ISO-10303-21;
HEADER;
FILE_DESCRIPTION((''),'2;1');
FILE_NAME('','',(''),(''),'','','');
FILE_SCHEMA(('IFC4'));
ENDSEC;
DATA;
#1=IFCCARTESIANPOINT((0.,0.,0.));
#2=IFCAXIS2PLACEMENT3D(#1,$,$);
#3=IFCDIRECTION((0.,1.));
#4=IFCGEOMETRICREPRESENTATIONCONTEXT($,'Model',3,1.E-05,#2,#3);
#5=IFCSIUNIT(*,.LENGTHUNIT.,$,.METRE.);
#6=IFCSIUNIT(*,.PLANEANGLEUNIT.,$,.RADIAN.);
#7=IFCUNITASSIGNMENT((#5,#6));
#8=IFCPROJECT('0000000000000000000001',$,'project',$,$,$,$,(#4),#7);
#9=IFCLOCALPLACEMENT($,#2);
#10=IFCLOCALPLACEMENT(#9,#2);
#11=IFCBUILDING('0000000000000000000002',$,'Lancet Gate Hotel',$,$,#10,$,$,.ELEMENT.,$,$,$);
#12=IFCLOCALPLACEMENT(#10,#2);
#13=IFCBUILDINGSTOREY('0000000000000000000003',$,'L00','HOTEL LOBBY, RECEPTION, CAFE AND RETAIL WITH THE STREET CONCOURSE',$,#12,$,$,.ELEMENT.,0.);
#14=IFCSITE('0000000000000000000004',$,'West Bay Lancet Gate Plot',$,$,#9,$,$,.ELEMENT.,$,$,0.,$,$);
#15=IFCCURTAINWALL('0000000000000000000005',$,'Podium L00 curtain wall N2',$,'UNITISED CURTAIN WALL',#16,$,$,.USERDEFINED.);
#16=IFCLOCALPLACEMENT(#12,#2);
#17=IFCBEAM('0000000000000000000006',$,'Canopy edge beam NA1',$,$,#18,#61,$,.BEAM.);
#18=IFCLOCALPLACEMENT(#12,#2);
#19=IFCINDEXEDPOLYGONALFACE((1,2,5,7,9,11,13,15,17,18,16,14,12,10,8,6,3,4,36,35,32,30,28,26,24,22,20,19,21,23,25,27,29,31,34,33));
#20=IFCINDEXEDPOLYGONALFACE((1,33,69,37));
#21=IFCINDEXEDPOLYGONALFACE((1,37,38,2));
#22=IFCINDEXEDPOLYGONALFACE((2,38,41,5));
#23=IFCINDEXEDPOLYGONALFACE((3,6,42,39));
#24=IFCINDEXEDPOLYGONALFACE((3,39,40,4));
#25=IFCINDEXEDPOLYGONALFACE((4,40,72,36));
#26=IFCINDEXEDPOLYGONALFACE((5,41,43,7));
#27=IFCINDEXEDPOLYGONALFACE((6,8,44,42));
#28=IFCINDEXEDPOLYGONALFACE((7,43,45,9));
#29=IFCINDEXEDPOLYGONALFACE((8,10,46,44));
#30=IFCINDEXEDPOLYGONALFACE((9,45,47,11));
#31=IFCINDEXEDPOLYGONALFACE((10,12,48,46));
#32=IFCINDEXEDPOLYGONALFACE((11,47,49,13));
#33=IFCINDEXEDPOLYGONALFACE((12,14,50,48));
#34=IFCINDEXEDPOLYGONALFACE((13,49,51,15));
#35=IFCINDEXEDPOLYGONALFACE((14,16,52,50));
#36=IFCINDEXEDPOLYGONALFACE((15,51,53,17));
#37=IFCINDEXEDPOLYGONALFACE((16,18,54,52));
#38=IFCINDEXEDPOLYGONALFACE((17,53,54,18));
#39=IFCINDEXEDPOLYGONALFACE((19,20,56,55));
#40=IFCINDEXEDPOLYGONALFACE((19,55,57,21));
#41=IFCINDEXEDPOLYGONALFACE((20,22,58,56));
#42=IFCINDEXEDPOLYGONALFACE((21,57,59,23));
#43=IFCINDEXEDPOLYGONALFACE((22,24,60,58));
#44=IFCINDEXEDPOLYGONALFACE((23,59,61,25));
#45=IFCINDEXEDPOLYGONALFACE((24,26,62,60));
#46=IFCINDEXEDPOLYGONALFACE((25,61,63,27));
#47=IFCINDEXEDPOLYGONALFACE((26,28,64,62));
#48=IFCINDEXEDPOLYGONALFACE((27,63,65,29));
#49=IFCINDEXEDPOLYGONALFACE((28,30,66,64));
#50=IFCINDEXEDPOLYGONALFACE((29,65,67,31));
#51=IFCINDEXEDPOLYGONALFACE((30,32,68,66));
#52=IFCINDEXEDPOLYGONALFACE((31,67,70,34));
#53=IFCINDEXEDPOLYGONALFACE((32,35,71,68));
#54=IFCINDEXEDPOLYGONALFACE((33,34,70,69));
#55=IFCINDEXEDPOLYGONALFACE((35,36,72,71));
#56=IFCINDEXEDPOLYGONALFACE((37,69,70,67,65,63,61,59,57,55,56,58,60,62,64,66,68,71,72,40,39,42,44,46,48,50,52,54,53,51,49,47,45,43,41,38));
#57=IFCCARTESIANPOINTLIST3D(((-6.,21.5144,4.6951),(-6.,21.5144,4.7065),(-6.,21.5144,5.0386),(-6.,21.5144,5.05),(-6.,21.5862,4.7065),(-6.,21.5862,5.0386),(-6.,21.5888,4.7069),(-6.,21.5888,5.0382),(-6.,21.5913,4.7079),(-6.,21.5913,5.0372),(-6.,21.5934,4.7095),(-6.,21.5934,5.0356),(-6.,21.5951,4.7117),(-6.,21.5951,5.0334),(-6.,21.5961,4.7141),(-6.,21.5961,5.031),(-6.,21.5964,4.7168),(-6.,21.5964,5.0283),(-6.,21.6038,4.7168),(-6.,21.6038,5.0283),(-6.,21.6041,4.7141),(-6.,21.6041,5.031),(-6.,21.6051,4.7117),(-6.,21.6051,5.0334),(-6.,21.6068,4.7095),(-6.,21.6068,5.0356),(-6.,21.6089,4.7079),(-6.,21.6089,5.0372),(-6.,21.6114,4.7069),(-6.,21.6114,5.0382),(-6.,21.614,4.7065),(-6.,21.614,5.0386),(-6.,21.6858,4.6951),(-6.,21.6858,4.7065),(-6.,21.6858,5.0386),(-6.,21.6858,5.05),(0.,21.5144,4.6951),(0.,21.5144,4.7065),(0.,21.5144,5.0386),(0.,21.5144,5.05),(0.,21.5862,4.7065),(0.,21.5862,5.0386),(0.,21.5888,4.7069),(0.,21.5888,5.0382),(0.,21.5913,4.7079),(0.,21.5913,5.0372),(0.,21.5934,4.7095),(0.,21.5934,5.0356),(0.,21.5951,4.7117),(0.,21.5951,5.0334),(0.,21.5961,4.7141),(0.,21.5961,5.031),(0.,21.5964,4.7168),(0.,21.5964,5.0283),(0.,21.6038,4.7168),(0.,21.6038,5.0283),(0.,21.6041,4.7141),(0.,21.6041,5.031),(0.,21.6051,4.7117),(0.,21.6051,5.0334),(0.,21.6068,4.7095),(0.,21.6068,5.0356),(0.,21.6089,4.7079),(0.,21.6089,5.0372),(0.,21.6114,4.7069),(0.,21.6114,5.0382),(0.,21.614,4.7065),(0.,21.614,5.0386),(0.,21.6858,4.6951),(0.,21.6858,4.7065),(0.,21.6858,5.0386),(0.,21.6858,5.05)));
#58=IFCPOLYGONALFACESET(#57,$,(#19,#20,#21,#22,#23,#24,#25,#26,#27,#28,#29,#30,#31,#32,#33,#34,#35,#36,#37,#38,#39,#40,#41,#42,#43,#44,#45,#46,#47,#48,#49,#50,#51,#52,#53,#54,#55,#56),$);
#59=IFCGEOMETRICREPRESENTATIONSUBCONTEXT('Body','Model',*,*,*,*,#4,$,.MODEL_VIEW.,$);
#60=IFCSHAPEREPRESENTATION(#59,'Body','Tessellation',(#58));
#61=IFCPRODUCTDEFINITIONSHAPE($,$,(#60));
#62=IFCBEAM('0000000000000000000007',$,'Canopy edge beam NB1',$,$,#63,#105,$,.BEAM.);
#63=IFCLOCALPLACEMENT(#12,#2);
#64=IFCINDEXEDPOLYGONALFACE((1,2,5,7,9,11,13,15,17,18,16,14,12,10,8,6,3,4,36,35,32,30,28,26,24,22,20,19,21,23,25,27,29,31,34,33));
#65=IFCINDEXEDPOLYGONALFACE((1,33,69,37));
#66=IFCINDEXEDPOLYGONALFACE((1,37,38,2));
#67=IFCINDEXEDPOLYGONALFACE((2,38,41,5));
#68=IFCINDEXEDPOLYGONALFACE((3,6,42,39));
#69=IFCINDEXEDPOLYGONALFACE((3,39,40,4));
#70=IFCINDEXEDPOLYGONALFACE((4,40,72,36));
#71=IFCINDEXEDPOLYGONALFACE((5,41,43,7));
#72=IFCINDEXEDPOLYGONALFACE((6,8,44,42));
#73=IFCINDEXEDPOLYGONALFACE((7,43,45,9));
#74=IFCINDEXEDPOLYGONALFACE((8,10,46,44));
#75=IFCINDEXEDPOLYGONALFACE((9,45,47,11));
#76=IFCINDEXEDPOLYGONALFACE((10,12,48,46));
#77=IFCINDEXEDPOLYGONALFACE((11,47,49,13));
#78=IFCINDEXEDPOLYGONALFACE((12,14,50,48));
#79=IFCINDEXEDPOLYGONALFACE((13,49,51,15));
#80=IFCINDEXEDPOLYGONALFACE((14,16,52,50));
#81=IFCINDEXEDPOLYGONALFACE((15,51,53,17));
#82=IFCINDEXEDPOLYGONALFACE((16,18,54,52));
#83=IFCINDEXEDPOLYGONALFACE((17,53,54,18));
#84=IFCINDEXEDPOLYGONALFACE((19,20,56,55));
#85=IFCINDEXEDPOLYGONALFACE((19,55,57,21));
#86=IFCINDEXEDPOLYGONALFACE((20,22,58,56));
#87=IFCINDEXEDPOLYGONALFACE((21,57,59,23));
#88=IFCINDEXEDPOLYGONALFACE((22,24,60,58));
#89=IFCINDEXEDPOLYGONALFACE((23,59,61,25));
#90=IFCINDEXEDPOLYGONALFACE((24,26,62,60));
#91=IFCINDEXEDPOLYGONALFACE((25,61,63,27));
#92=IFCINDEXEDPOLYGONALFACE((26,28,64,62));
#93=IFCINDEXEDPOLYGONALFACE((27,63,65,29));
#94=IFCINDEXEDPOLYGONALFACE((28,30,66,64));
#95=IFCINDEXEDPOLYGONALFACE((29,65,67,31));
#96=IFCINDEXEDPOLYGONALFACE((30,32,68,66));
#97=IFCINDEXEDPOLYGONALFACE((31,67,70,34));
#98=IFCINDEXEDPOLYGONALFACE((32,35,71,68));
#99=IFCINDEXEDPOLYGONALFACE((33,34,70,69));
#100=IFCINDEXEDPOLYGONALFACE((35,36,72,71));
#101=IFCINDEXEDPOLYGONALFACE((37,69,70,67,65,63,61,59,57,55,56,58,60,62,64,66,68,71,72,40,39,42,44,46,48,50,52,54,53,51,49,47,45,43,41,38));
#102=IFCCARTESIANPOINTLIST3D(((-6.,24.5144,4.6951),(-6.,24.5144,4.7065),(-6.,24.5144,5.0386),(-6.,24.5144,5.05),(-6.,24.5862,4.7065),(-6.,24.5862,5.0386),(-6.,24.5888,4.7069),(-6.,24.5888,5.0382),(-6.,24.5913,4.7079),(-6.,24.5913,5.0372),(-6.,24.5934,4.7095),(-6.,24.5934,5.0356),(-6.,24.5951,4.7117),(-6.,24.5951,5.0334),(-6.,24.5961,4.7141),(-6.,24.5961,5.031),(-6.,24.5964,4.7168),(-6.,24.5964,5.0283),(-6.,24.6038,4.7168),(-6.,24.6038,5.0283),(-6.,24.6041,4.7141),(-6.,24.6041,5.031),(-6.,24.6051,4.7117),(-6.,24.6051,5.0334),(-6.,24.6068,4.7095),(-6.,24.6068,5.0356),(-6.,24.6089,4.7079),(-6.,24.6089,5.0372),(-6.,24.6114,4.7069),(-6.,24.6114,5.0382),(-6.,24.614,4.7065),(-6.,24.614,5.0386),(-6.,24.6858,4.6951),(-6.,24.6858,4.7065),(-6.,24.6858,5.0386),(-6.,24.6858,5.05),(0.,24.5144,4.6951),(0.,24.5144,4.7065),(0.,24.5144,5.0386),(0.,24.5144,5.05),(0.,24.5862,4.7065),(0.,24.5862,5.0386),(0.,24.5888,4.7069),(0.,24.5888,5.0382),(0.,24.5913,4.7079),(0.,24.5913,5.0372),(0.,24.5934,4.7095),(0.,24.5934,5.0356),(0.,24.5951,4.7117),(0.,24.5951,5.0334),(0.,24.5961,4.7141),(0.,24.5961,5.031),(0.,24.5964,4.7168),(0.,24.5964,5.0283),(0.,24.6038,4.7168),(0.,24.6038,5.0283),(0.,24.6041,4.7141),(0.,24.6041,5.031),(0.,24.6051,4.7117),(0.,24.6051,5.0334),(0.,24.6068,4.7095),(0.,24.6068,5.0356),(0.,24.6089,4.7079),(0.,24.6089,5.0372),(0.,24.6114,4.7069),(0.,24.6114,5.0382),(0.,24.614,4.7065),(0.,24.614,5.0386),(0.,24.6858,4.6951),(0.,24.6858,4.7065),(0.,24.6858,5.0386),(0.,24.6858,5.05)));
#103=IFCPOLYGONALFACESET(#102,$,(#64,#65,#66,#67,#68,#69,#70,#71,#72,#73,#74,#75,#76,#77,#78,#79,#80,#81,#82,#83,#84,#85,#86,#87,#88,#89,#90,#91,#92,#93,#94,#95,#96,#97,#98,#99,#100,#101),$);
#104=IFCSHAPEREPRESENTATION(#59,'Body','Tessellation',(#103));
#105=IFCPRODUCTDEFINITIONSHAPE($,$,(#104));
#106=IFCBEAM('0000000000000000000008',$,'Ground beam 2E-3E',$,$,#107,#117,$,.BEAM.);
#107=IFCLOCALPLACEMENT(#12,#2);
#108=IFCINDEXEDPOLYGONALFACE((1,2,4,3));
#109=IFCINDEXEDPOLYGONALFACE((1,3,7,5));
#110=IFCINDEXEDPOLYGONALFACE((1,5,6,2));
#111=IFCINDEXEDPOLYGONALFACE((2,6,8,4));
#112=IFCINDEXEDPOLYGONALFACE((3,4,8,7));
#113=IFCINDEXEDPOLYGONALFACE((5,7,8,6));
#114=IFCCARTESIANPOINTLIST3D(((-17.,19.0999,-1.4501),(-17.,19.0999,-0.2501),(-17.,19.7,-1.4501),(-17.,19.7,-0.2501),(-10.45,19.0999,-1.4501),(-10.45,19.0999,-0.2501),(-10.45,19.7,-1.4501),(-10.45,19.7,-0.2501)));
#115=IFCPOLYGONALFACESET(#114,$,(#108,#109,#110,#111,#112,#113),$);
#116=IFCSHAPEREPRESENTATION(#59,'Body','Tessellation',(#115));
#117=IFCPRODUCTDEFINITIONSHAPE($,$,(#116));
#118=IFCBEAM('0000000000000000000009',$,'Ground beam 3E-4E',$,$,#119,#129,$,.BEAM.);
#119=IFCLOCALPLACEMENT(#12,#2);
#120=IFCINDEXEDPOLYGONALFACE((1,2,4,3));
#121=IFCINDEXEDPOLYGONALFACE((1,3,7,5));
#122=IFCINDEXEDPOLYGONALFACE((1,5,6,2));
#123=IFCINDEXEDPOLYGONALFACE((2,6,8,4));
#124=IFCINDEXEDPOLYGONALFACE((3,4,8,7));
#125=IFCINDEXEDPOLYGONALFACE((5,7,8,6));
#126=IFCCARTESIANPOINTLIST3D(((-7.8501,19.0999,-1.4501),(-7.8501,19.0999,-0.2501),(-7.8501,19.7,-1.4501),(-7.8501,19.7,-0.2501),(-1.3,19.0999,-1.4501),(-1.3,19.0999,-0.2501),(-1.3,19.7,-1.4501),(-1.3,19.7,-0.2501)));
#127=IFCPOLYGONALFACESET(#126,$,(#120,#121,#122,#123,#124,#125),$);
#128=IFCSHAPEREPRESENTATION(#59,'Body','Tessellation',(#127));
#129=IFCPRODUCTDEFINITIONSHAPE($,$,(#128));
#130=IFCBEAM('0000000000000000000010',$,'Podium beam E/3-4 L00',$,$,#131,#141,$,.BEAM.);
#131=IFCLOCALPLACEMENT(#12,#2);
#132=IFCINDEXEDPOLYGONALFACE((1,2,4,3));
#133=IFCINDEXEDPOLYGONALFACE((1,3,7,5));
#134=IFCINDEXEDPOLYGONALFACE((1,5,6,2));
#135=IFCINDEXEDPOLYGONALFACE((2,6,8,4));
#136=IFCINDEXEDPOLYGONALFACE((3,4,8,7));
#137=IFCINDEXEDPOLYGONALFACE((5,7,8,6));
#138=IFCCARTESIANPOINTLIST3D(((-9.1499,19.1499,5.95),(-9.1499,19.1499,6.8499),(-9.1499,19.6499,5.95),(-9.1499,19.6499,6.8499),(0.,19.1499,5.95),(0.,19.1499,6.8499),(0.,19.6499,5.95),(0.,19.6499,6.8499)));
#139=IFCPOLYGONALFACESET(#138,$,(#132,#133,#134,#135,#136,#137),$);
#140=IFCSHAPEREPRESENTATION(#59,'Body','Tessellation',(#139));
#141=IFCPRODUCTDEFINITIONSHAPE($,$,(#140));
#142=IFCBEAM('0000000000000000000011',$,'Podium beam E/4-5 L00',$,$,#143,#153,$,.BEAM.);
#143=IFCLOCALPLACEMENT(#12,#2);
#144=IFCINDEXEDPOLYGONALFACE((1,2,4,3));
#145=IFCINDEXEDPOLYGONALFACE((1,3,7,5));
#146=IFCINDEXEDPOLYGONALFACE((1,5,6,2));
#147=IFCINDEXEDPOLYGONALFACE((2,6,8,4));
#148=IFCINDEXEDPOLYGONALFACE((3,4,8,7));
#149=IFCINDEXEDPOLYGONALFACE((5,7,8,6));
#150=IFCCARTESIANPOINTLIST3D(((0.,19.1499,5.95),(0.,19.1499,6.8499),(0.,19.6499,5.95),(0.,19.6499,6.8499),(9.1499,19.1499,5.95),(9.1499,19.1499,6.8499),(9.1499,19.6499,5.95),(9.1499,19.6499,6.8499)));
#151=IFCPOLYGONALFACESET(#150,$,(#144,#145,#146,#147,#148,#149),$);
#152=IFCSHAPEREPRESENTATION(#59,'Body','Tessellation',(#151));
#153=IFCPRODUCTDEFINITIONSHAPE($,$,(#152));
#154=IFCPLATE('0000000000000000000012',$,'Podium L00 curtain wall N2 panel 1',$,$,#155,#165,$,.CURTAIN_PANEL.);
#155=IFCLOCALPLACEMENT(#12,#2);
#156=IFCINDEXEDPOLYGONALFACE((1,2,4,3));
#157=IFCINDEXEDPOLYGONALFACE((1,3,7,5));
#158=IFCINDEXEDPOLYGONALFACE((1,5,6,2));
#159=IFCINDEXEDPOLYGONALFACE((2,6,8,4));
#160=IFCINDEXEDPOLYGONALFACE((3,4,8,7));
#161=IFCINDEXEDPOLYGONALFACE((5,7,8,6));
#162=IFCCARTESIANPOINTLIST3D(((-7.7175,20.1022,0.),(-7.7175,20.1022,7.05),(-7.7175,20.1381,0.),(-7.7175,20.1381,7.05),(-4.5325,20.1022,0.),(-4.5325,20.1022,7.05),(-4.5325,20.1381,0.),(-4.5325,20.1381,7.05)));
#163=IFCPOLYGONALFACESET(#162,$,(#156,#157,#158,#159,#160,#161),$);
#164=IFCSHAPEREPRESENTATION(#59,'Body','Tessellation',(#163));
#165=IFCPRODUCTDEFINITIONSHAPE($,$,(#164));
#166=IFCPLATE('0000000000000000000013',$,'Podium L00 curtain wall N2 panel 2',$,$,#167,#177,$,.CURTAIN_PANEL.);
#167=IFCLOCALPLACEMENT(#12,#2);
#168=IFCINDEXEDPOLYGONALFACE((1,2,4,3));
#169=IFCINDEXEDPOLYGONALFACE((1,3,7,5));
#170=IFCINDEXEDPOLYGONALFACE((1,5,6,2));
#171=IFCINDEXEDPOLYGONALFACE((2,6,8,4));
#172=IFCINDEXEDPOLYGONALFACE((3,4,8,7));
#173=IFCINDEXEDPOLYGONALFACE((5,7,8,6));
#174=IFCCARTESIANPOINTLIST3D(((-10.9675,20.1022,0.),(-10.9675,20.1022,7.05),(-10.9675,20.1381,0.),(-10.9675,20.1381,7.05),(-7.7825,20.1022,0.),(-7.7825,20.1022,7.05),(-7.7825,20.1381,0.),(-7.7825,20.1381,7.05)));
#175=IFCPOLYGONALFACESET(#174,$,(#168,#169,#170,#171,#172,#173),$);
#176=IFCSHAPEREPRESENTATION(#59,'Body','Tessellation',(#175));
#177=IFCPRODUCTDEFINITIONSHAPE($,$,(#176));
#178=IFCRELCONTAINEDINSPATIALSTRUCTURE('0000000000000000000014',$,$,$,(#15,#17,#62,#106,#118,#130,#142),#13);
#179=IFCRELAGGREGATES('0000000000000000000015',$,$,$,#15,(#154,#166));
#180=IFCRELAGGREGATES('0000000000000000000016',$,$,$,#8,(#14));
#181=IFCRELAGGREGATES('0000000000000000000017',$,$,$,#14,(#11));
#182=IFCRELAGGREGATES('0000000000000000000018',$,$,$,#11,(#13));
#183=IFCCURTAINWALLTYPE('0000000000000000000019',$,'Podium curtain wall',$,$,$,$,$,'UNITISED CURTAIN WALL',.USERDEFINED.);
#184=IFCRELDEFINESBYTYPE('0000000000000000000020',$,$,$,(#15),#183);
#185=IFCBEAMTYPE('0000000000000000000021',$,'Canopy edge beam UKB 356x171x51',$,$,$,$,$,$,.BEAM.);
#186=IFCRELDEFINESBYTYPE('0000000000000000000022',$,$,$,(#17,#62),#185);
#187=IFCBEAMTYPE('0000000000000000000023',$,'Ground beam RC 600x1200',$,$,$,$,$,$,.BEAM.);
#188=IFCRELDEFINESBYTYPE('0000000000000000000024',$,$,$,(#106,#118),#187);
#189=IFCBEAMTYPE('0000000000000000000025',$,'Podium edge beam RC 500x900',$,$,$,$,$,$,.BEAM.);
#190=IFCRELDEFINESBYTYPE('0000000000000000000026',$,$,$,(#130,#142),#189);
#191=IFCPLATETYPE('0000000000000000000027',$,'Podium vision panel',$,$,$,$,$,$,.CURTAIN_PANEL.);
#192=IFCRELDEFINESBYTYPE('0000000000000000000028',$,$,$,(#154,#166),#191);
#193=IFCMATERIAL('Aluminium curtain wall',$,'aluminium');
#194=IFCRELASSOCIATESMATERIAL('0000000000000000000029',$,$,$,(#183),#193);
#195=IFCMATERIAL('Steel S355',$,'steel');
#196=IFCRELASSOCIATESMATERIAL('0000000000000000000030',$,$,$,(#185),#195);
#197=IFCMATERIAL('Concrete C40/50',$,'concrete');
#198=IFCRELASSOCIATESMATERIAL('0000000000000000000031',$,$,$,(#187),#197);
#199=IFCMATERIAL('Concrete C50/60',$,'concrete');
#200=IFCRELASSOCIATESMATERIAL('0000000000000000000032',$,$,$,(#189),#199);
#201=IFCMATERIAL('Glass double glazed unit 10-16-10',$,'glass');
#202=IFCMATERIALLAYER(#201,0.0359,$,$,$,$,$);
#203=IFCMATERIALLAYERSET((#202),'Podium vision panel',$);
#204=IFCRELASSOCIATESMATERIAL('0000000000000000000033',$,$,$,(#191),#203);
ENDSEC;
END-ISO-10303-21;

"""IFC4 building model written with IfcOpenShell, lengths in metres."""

from ifc_helpers import new_model, si_unit, direction, frame, origin, origin_2d, place, context, subcontext, project, spatial, rectangle, i_section, extrude, material, layer, layer_set, material_profile, profile_set, type_object, element, aggregate, save


model = new_model("IFC4")

# Units and contexts
model_context = context("Model", 3, precision=1e-05, world=origin(), true_north=direction((0.0, 1.0)))
body_context = subcontext(model_context, "Body", "Model", "MODEL_VIEW")
ifc_project = project(units=[si_unit("LENGTHUNIT", "METRE"), si_unit("PLANEANGLEUNIT", "RADIAN")], contexts=[model_context])

# Site, building, storey
site_placement = place(None, origin())
site = spatial("IfcSite", under=ifc_project, at=site_placement, Name="West Bay Lancet Gate Plot", CompositionType="ELEMENT", RefElevation=0.0)
building_placement = place(site_placement, origin())
building = spatial("IfcBuilding", under=site, at=building_placement, Name="Lancet Gate Hotel", CompositionType="ELEMENT")
storey_placement = place(building_placement, origin())
storey = spatial("IfcBuildingStorey", under=building, at=storey_placement, Name="L00", Description="HOTEL LOBBY, RECEPTION, CAFE AND RETAIL WITH THE STREET CONCOURSE", CompositionType="ELEMENT", Elevation=0.0)

# Curtain wall
ifc_material_1 = material(Name="Aluminium curtain wall", Category="aluminium")
curtain_wall_type = type_object("IfcCurtainWallType", Name="Podium curtain wall", ElementType="UNITISED CURTAIN WALL", PredefinedType="USERDEFINED", material=ifc_material_1)
curtain_wall_placement = place(storey_placement, origin())
curtain_wall = element("IfcCurtainWall", 1, at=curtain_wall_placement, inside=storey, type_object=curtain_wall_type, Name="Podium L00 curtain wall N2", ObjectType="UNITISED CURTAIN WALL", PredefinedType="USERDEFINED")

# Beams
ifc_material_2 = material(Name="Steel S355", Category="steel")
ifc_material_profile_1 = material_profile(ifc_material_2, i_section(OverallWidth=0.1714, OverallDepth=0.355, WebThickness=0.0073, FlangeThickness=0.0115, FilletRadius=0.0103, at=origin_2d()), Name="UKB 356x171x51")
ifc_profile_set_1 = profile_set([ifc_material_profile_1], Name="Steel S355")
beam_type_1 = type_object("IfcBeamType", Name="Canopy edge beam UKB 356x171x51", PredefinedType="BEAM", material=ifc_profile_set_1)
for number, where, z_axis, x_axis, name in (
    (2, (-6.0, 21.6001, 4.8726), (1.0, 0.0, 0.0), (0.0, 1.0, 0.0), "Canopy edge beam NA1"),
    (3, (-6.0, 24.6001, 4.8726), (1.0, 0.0, 0.0), (0.0, 1.0, 0.0), "Canopy edge beam NB1"),
):
    element("IfcBeam", number, at=place(storey_placement, frame(where, z_axis=z_axis, x_axis=x_axis)), inside=storey, type_object=beam_type_1, Name=name, PredefinedType="BEAM", context=body_context, shape_type="SweptSolid", body=[
        extrude(i_section(OverallWidth=0.1714, OverallDepth=0.355, WebThickness=0.0073, FlangeThickness=0.0115, FilletRadius=0.0103, at=origin_2d()), origin(), (0.0, 0.0, 1.0), 6.0),
    ])
ifc_material_3 = material(Name="Concrete C40/50", Category="concrete")
ifc_material_profile_2 = material_profile(ifc_material_3, rectangle(XDim=0.6001, YDim=1.2, at=origin_2d()), Name="RC 600x1200")
ifc_profile_set_2 = profile_set([ifc_material_profile_2], Name="Concrete C40/50")
beam_type_2 = type_object("IfcBeamType", Name="Ground beam RC 600x1200", PredefinedType="BEAM", material=ifc_profile_set_2)
for number, where, z_axis, x_axis, name in (
    (4, (-17.0, 19.3999, -0.8501), (1.0, 0.0, 0.0), (0.0, 1.0, 0.0), "Ground beam 2E-3E"),
    (5, (-7.8501, 19.3999, -0.8501), (1.0, 0.0, 0.0), (0.0, 1.0, 0.0), "Ground beam 3E-4E"),
):
    element("IfcBeam", number, at=place(storey_placement, frame(where, z_axis=z_axis, x_axis=x_axis)), inside=storey, type_object=beam_type_2, Name=name, PredefinedType="BEAM", context=body_context, shape_type="SweptSolid", body=[
        extrude(rectangle(XDim=0.6001, YDim=1.2, at=origin_2d()), origin(), (0.0, 0.0, 1.0), 6.55),
    ])
ifc_material_4 = material(Name="Concrete C50/60", Category="concrete")
ifc_material_profile_3 = material_profile(ifc_material_4, rectangle(XDim=0.5, YDim=0.8999, at=origin_2d()), Name="RC 500x900")
ifc_profile_set_3 = profile_set([ifc_material_profile_3], Name="Concrete C50/60")
beam_type_3 = type_object("IfcBeamType", Name="Podium edge beam RC 500x900", PredefinedType="BEAM", material=ifc_profile_set_3)
for number, where, z_axis, x_axis, name in (
    (6, (-9.1499, 19.3999, 6.3999), (1.0, 0.0, 0.0), (0.0, 1.0, 0.0), "Podium beam E/3-4 L00"),
    (7, (0.0, 19.3999, 6.3999), (1.0, 0.0, 0.0), (0.0, 1.0, 0.0), "Podium beam E/4-5 L00"),
):
    element("IfcBeam", number, at=place(storey_placement, frame(where, z_axis=z_axis, x_axis=x_axis)), inside=storey, type_object=beam_type_3, Name=name, PredefinedType="BEAM", context=body_context, shape_type="SweptSolid", body=[
        extrude(rectangle(XDim=0.5, YDim=0.8999, at=origin_2d()), origin(), (0.0, 0.0, 1.0), 9.1499),
    ])

# Plates
ifc_material_5 = material(Name="Glass double glazed unit 10-16-10", Category="glass")
ifc_layer_1 = layer(ifc_material_5, 0.0359)
ifc_layer_set_1 = layer_set([ifc_layer_1], Name="Podium vision panel")
plate_type = type_object("IfcPlateType", Name="Podium vision panel", PredefinedType="CURTAIN_PANEL", material=ifc_layer_set_1)
plate_1_placement = place(storey_placement, frame((-6.125, 20.1201, 0.0), z_axis=(0.0, 0.0, 1.0), x_axis=(-1.0, 0.0, 0.0)))
plate_1 = element("IfcPlate", 8, at=plate_1_placement, type_object=plate_type, Name="Podium L00 curtain wall N2 panel 1", PredefinedType="CURTAIN_PANEL", context=body_context, shape_type="SweptSolid", body=[
    extrude(rectangle(XDim=3.1851, YDim=0.0359, at=origin_2d()), origin(), (0.0, 0.0, 1.0), 7.05),
])
plate_2_placement = place(storey_placement, frame((-9.375, 20.1201, 0.0), z_axis=(0.0, 0.0, 1.0), x_axis=(-1.0, 0.0, 0.0)))
plate_2 = element("IfcPlate", 9, at=plate_2_placement, type_object=plate_type, Name="Podium L00 curtain wall N2 panel 2", PredefinedType="CURTAIN_PANEL", context=body_context, shape_type="SweptSolid", body=[
    extrude(rectangle(XDim=3.1851, YDim=0.0359, at=origin_2d()), origin(), (0.0, 0.0, 1.0), 7.05),
])
aggregate(curtain_wall, [plate_1, plate_2])

save(model, "model.ifc")
